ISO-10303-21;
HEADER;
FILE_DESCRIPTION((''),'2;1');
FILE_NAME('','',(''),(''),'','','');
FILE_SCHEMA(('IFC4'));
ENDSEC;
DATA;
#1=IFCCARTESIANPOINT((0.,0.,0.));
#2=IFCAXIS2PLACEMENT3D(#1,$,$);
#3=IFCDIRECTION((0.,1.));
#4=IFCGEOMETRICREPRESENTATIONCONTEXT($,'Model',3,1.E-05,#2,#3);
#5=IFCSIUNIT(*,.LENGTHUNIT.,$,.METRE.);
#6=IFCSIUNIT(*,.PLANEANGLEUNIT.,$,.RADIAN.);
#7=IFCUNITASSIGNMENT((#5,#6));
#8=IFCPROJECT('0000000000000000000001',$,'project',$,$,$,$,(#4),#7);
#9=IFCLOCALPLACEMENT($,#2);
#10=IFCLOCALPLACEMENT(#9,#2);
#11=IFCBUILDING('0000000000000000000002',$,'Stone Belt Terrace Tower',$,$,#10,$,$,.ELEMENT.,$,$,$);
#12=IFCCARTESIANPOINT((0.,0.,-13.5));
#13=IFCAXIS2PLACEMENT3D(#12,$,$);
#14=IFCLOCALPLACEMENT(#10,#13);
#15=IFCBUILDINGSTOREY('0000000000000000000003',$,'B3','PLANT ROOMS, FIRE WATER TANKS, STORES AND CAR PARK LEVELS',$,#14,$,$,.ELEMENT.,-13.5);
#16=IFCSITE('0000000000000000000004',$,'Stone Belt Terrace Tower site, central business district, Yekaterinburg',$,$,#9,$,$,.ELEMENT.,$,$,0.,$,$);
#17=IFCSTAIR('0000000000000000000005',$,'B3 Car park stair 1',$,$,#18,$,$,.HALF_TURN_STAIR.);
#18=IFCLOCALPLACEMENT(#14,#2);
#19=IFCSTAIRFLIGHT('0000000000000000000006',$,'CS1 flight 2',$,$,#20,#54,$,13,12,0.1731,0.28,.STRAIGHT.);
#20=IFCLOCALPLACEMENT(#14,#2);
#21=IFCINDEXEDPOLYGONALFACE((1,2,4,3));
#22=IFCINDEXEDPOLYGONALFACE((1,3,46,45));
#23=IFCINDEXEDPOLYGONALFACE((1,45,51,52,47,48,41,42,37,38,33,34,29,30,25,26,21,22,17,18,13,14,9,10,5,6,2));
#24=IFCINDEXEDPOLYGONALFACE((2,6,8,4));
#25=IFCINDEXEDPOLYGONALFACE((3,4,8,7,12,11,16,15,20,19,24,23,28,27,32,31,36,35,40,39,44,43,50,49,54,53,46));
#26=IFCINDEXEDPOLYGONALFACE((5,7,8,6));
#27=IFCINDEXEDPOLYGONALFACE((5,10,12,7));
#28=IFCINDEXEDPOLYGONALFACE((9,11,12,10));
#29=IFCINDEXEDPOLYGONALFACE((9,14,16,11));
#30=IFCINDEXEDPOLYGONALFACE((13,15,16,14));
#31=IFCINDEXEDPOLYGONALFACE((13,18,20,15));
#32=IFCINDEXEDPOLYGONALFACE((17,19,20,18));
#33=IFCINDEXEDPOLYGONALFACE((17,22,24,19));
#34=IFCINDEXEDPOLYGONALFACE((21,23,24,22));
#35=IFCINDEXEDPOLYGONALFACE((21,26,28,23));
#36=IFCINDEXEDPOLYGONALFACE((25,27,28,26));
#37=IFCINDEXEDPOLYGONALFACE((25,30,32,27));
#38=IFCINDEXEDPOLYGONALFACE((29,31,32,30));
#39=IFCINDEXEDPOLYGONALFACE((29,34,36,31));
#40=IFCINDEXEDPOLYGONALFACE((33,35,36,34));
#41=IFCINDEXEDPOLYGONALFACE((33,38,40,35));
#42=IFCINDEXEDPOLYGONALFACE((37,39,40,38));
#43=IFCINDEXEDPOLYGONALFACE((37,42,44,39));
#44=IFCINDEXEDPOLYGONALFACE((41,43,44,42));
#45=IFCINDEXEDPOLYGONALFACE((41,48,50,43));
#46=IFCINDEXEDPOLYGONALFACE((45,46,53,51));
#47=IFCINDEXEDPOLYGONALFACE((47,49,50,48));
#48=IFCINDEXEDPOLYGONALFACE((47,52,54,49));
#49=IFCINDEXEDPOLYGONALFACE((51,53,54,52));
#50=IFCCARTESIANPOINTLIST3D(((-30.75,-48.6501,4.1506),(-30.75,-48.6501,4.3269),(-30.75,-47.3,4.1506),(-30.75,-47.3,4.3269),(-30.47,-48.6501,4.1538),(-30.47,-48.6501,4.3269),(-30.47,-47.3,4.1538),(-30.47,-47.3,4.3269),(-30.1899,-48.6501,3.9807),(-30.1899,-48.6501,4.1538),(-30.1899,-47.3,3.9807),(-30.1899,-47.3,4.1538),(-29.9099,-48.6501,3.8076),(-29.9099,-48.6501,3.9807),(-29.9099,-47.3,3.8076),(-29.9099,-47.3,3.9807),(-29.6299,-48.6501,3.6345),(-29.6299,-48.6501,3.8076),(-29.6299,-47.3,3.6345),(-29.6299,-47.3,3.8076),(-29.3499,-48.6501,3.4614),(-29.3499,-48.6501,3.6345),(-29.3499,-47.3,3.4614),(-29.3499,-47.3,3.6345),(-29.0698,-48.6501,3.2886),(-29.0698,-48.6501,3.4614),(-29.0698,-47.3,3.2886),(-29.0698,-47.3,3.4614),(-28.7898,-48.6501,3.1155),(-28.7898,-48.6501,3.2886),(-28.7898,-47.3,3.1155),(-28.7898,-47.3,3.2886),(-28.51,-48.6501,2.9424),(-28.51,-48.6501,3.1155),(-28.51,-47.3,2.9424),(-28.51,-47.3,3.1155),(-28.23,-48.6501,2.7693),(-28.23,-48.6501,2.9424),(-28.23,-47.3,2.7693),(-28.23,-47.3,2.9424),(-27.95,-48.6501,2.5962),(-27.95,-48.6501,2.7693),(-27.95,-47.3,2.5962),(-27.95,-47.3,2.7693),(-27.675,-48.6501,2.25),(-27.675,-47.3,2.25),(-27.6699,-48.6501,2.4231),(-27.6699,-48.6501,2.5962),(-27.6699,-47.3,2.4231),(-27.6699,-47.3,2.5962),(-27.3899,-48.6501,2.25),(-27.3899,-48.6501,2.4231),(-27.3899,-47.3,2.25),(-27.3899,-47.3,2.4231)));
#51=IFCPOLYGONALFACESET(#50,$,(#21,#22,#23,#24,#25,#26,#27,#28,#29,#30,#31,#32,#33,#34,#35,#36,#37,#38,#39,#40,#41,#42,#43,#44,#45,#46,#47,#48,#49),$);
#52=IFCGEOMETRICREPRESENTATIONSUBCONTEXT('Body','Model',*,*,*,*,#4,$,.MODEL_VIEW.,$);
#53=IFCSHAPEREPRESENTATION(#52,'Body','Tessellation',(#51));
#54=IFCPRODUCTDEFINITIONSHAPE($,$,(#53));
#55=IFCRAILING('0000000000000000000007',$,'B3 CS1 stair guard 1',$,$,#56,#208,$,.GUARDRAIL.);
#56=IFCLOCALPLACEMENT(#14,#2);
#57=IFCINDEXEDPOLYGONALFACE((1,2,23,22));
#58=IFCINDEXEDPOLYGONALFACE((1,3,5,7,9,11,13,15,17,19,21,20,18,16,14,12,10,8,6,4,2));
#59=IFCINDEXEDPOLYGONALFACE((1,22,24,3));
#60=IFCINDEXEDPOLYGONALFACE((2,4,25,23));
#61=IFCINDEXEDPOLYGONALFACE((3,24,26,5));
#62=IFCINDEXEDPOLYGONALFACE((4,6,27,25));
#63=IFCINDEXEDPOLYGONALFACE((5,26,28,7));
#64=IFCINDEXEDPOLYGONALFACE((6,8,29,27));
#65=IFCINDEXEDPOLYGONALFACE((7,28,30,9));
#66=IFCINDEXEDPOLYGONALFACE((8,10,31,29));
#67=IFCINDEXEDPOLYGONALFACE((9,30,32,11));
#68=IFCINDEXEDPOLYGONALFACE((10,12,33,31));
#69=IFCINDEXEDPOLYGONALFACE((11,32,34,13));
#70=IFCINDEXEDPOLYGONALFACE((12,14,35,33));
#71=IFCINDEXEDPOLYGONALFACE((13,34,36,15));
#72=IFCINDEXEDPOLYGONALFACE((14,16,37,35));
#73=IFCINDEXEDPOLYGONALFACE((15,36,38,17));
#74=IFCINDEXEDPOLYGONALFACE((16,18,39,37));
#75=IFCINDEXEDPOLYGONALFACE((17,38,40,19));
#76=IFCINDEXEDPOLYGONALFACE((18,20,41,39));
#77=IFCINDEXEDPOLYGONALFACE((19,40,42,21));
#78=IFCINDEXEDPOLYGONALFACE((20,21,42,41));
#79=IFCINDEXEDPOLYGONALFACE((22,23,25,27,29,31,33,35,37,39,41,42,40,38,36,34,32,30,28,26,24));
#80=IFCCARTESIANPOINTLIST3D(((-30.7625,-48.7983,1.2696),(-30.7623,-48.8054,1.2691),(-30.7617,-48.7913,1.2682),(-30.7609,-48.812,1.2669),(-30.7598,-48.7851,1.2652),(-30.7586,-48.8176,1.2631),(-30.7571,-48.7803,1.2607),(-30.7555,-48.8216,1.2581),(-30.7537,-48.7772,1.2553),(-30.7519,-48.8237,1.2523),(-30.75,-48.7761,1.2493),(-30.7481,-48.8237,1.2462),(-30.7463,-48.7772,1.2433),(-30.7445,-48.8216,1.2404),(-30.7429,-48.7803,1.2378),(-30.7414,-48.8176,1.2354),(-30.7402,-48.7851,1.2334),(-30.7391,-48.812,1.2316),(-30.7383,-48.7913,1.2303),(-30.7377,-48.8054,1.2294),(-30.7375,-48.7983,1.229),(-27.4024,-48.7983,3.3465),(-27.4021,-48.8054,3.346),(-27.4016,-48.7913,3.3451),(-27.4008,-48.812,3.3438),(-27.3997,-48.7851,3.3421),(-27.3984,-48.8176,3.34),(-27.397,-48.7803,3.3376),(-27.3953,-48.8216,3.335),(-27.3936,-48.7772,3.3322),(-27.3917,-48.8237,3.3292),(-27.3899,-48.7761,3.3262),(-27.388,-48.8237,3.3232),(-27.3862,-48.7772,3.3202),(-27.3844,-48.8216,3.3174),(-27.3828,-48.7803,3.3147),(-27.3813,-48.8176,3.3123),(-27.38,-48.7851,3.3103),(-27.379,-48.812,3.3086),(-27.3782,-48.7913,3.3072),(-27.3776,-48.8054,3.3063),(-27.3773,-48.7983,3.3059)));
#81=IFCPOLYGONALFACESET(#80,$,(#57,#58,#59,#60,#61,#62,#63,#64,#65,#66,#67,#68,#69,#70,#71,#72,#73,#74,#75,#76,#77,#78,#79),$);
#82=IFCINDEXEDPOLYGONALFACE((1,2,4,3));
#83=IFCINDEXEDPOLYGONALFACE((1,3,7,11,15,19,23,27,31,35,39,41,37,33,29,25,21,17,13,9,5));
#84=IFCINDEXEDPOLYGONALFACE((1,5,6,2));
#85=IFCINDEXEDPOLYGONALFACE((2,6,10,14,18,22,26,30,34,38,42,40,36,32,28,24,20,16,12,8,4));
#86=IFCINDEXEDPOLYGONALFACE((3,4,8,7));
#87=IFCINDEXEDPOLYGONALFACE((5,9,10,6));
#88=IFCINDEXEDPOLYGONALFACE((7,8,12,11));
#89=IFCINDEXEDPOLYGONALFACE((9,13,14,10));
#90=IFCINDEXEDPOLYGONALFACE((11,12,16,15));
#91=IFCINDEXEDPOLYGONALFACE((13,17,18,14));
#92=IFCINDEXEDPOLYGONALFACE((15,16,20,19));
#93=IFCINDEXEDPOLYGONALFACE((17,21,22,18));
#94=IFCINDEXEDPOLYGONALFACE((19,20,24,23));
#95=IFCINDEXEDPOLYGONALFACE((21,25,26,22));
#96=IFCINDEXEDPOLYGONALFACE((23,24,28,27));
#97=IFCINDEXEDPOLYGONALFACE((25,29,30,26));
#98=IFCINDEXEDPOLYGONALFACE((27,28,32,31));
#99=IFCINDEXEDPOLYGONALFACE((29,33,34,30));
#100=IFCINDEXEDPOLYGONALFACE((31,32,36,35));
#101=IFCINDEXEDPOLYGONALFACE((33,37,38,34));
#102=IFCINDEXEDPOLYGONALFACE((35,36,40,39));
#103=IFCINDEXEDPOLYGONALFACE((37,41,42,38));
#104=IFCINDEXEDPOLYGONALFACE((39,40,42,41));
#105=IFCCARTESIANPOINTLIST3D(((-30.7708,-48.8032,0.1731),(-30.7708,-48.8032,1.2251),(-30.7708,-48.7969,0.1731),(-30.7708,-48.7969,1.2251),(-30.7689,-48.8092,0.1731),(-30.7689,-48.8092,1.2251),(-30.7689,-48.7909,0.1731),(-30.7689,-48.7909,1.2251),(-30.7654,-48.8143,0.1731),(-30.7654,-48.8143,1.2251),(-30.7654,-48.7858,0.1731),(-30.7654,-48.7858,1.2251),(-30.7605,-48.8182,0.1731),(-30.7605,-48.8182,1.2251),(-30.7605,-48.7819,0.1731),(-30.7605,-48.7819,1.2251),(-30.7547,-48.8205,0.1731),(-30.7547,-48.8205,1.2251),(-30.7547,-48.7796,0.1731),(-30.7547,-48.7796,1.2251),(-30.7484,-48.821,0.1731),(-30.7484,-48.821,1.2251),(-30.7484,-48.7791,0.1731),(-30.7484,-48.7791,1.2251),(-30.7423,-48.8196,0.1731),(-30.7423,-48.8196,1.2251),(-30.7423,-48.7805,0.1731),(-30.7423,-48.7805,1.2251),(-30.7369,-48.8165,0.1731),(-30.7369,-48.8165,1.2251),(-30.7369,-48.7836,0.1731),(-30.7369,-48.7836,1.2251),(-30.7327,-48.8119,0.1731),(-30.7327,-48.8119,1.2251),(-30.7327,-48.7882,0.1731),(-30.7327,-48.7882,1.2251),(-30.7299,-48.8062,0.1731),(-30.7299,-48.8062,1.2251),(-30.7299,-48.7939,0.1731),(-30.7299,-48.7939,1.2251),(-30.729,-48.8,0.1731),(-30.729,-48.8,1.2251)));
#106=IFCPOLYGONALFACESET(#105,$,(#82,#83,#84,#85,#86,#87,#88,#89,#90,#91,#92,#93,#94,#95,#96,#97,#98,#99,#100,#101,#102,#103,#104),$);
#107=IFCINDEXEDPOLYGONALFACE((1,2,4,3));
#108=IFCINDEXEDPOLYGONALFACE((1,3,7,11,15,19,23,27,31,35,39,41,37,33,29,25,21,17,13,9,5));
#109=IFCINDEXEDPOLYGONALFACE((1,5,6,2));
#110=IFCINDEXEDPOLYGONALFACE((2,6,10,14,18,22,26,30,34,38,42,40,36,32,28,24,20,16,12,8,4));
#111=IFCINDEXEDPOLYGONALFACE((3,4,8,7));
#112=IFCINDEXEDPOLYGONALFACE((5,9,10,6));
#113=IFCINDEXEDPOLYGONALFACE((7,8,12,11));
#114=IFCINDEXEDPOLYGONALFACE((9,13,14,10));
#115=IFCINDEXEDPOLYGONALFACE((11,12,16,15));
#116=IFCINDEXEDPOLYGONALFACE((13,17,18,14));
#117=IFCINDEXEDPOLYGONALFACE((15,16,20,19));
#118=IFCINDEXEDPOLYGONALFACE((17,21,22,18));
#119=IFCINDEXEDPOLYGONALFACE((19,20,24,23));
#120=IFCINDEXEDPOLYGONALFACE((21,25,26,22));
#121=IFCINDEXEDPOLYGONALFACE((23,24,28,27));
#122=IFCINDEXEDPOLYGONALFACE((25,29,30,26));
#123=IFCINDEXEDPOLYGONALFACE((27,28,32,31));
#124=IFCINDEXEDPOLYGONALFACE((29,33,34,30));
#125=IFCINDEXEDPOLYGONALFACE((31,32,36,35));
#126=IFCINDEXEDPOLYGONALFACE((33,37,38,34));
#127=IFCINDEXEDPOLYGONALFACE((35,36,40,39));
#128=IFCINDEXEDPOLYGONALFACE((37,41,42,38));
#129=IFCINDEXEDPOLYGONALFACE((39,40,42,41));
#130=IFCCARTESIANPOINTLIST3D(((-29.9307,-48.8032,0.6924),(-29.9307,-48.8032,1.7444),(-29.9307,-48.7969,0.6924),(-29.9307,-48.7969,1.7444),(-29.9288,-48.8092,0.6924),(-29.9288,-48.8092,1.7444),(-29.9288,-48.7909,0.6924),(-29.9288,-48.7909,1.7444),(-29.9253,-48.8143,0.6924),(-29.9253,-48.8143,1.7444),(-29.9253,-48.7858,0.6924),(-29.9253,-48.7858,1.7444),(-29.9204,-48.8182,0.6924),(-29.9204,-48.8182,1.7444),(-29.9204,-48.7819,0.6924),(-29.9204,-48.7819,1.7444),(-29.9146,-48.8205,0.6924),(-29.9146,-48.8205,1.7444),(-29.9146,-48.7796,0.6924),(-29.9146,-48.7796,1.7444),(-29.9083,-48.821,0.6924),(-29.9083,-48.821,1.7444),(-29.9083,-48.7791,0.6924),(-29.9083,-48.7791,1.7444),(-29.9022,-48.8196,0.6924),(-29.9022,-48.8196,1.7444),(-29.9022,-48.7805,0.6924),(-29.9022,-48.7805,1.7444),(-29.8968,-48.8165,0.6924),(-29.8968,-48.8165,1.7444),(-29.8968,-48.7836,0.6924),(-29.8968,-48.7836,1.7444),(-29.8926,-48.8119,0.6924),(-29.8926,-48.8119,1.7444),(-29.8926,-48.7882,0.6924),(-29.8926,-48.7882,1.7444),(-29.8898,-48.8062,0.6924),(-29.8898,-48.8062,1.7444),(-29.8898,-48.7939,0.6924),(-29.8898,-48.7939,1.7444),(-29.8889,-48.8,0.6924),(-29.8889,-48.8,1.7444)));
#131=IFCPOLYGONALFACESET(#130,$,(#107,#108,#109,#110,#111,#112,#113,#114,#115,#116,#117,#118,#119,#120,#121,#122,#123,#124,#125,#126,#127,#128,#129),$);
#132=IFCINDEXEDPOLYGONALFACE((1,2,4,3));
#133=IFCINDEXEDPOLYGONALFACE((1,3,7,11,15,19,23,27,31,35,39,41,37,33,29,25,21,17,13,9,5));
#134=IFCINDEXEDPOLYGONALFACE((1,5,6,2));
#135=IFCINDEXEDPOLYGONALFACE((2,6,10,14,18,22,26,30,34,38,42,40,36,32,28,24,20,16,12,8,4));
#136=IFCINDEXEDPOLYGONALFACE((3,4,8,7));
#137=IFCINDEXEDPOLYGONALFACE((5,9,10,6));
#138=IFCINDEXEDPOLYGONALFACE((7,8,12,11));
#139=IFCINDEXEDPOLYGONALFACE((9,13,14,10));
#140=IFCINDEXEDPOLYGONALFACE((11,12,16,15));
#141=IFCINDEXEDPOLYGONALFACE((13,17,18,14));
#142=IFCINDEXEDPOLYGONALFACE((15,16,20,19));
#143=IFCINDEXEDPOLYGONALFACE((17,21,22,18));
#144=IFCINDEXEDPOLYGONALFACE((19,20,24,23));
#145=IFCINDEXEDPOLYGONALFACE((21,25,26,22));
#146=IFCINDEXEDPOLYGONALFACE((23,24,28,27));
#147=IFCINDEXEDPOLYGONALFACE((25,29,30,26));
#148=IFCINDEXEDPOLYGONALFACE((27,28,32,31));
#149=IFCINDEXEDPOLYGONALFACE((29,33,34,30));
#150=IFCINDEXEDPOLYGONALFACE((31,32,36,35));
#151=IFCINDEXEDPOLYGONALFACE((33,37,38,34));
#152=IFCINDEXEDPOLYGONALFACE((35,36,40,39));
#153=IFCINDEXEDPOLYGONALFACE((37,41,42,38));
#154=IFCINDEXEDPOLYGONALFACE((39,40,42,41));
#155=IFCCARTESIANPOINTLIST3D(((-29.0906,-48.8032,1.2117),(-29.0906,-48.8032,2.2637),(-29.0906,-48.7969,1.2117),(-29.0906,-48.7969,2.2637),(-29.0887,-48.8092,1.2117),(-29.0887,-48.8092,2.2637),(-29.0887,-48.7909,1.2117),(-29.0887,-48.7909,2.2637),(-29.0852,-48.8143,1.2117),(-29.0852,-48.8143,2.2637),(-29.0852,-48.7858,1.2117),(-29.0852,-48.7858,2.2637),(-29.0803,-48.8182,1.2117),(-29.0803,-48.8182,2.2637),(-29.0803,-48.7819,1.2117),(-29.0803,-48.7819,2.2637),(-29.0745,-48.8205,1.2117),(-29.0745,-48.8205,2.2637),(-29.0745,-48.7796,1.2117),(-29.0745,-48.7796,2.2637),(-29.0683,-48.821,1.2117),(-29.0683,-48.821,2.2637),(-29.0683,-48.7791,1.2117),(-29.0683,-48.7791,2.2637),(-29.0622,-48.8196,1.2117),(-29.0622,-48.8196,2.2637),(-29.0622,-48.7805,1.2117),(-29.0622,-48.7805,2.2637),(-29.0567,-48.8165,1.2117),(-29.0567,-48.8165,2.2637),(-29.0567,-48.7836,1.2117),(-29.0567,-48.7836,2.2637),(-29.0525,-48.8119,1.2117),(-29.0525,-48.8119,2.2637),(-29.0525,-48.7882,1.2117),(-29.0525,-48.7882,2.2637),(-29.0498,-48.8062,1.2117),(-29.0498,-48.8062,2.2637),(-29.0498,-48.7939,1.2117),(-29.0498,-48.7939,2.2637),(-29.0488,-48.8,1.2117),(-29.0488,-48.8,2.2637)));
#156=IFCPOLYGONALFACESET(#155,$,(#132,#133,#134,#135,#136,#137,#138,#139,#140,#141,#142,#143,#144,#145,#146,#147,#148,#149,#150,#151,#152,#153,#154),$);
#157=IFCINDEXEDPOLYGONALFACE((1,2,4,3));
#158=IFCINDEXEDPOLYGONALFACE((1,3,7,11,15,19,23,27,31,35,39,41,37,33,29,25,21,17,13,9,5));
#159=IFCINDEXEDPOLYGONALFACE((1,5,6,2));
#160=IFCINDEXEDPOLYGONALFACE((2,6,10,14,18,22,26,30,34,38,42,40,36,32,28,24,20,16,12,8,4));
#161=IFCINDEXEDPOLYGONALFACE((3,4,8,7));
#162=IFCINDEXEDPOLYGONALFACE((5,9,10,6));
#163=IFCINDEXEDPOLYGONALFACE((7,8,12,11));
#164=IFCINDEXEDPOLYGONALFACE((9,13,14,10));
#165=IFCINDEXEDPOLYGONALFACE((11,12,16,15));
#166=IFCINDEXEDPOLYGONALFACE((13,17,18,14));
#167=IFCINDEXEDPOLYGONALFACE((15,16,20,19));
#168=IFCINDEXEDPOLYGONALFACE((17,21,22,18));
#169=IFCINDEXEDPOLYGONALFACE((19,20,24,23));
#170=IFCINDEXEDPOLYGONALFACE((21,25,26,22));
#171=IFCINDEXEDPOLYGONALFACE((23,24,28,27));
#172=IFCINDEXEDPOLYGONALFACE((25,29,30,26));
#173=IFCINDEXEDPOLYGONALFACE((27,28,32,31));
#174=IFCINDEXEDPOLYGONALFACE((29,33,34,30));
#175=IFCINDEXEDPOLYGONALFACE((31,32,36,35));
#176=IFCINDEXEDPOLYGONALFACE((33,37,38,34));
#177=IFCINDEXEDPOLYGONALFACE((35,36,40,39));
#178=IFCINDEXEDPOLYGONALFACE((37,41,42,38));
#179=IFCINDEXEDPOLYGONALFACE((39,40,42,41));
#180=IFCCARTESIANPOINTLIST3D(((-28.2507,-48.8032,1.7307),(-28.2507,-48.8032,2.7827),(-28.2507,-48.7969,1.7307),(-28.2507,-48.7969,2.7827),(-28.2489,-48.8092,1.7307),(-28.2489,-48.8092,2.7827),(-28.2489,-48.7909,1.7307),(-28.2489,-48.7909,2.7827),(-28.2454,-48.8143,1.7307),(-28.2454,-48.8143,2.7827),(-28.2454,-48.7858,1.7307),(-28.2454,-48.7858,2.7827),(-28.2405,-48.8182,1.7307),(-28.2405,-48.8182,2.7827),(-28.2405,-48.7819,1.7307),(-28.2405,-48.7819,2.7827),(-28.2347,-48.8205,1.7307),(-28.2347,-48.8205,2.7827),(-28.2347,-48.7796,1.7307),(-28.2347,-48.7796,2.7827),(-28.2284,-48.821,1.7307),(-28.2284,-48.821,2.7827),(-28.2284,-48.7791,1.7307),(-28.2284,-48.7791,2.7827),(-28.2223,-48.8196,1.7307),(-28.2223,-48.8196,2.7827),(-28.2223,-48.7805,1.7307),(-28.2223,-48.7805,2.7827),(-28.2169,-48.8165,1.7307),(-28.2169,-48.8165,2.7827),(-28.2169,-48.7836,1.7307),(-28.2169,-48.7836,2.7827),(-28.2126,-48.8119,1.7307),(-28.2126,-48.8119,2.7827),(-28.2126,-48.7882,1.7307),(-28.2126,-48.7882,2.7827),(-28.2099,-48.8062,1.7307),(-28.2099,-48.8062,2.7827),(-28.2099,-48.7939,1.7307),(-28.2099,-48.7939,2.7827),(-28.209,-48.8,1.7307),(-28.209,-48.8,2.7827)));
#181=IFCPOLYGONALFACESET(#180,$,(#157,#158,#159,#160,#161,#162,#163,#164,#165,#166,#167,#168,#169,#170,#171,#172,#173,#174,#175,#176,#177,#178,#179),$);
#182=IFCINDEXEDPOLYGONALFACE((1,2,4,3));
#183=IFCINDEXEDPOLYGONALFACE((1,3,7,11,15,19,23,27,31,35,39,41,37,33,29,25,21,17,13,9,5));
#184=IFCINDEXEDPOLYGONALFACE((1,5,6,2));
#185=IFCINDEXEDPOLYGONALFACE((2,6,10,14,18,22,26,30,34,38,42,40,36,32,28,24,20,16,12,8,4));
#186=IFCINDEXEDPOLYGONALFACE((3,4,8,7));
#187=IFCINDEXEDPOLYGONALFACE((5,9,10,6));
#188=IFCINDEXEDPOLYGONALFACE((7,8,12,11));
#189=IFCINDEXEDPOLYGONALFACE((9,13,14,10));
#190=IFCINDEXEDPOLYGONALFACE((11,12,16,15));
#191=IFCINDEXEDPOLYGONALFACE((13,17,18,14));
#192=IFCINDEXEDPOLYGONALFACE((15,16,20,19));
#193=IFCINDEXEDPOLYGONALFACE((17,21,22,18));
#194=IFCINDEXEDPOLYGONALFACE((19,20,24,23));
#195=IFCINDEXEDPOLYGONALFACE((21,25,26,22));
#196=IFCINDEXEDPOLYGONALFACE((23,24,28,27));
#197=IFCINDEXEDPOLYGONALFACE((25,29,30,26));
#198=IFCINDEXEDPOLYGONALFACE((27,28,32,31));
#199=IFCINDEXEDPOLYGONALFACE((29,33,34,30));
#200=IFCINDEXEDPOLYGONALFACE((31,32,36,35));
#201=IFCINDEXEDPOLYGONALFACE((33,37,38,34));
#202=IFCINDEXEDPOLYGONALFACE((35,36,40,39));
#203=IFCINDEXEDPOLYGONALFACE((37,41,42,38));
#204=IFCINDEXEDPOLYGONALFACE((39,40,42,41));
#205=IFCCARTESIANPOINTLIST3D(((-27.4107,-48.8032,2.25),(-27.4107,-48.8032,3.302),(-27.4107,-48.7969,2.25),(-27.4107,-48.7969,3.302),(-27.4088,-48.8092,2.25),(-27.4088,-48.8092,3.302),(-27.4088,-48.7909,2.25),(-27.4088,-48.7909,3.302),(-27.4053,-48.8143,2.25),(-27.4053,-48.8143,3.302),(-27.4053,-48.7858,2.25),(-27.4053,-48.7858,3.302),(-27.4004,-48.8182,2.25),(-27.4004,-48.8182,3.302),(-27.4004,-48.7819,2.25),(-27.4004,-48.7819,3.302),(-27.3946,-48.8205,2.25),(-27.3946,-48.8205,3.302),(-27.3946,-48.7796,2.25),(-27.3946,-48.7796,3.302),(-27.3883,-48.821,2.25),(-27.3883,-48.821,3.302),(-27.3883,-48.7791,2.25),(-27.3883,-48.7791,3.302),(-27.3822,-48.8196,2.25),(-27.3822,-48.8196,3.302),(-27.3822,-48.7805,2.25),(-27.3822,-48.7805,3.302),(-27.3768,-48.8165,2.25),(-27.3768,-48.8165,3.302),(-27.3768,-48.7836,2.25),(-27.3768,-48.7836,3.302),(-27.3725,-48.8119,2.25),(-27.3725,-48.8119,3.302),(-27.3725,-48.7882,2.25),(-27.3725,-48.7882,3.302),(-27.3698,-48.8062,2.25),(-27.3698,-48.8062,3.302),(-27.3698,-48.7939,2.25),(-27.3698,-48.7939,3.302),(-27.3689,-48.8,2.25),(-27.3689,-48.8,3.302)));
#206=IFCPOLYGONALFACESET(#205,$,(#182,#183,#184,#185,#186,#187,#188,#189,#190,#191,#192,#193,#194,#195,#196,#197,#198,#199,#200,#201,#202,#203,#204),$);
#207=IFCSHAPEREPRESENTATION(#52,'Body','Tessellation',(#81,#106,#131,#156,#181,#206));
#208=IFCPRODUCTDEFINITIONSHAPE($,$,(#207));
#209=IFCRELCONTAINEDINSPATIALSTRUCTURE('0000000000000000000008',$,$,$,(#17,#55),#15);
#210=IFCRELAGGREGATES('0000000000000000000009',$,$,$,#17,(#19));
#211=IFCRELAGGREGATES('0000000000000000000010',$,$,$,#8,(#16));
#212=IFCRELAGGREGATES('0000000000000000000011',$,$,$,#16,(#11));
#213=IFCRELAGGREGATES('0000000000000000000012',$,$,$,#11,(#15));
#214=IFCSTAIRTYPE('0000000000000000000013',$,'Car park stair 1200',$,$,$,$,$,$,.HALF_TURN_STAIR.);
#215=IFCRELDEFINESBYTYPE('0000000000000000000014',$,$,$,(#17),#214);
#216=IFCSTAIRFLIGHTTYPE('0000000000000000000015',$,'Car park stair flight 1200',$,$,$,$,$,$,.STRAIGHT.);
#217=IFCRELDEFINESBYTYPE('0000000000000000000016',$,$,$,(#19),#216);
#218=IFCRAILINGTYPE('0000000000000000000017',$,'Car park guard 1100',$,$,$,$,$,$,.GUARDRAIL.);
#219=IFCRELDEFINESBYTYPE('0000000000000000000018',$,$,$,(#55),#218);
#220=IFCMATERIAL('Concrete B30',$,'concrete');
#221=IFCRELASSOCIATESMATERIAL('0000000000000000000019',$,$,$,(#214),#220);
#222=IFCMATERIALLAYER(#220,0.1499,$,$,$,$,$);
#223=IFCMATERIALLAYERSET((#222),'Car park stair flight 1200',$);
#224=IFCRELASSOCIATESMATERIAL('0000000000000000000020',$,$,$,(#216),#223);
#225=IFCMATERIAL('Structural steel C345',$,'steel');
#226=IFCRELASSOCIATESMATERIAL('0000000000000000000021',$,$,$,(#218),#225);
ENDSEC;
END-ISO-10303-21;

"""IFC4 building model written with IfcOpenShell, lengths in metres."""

from ifc_helpers import new_model, si_unit, direction, frame, origin, origin_2d, place, context, subcontext, project, spatial, polyline, circle, outline, extrude, material, layer, layer_set, type_object, element, aggregate, save


model = new_model("IFC4")

# Units and contexts
model_context = context("Model", 3, precision=1e-05, world=origin(), true_north=direction((0.0, 1.0)))
body_context = subcontext(model_context, "Body", "Model", "MODEL_VIEW")
ifc_project = project(units=[si_unit("LENGTHUNIT", "METRE"), si_unit("PLANEANGLEUNIT", "RADIAN")], contexts=[model_context])

# Site, building, storey
site_placement = place(None, origin())
site = spatial("IfcSite", under=ifc_project, at=site_placement, Name="Stone Belt Terrace Tower site, central business district, Yekaterinburg", CompositionType="ELEMENT", RefElevation=0.0)
building_placement = place(site_placement, origin())
building = spatial("IfcBuilding", under=site, at=building_placement, Name="Stone Belt Terrace Tower", CompositionType="ELEMENT")
storey_placement = place(building_placement, frame((0.0, 0.0, -13.5)))
storey = spatial("IfcBuildingStorey", under=building, at=storey_placement, Name="B3", Description="PLANT ROOMS, FIRE WATER TANKS, STORES AND CAR PARK LEVELS", CompositionType="ELEMENT", Elevation=-13.5)

# Shared definitions
ifc_material_1 = material(Name="Concrete B30", Category="concrete")

# Stair, stair flight
stair_type = type_object("IfcStairType", Name="Car park stair 1200", PredefinedType="HALF_TURN_STAIR", material=ifc_material_1)
stair_placement = place(storey_placement, origin())
stair = element("IfcStair", 1, at=stair_placement, inside=storey, type_object=stair_type, Name="B3 Car park stair 1", PredefinedType="HALF_TURN_STAIR")
ifc_layer_1 = layer(ifc_material_1, 0.1499)
ifc_layer_set_1 = layer_set([ifc_layer_1], Name="Car park stair flight 1200")
stair_flight_type = type_object("IfcStairFlightType", Name="Car park stair flight 1200", PredefinedType="STRAIGHT", material=ifc_layer_set_1)
stair_flight_1_placement = place(storey_placement, frame((-27.3899, -47.9751, 2.25), z_axis=(0.0, 0.0, 1.0), x_axis=(-1.0, 0.0, 0.0)))
stair_flight_1 = element("IfcStairFlight", 2, at=stair_flight_1_placement, type_object=stair_flight_type, Name="CS1 flight 2", NumberOfRisers=13, NumberOfTreads=12, PredefinedType="STRAIGHT", RiserHeight=0.1731, TreadLength=0.28, context=body_context, shape_type="SweptSolid", body=[
    extrude(outline(polyline([(0.0, 0.0), (0.0, 0.1731), (0.28, 0.1731), (0.28, 0.3462), (0.5601, 0.3462), (0.5601, 0.5193), (0.8401, 0.5193), (0.8401, 0.6924), (1.1201, 0.6924), (1.1201, 0.8655), (1.3999, 0.8655), (1.3999, 1.0386), (1.6799, 1.0386), (1.6799, 1.2114), (1.96, 1.2114), (1.96, 1.3845), (2.24, 1.3845), (2.24, 1.5576), (2.52, 1.5576), (2.52, 1.7307), (2.8, 1.7307), (2.8, 1.9038), (3.0801, 1.9038), (3.0801, 2.0769), (3.3601, 2.0769), (3.3601, 2.25), (3.3601, 1.9006), (0.2852, 0.0), (0.0, 0.0)])), frame((0.0, 0.675, 0.0), z_axis=(0.0, -1.0, 0.0), x_axis=(1.0, 0.0, 0.0)), (0.0, 0.0, 1.0), 1.3501),
])
aggregate(stair, [stair_flight_1])

# Railing
ifc_material_2 = material(Name="Structural steel C345", Category="steel")
railing_type_1 = type_object("IfcRailingType", Name="Car park guard 1100", PredefinedType="GUARDRAIL", material=ifc_material_2)
railing_1_placement = place(storey_placement, frame((-30.75, -48.8, 0.1731)))
element("IfcRailing", 3, at=railing_1_placement, inside=storey, type_object=railing_type_1, Name="B3 CS1 stair guard 1", PredefinedType="GUARDRAIL", context=body_context, shape_type="SweptSolid", body=[
    extrude(circle(Radius=0.0239, at=origin_2d()), frame((0.0, 0.0, 1.0762), z_axis=(0.850623, 0.0, 0.525776), x_axis=(0.0, 1.0, 0.0)), (0.0, 0.0, 1.0), 3.9502),
    extrude(circle(Radius=0.021, at=origin_2d()), origin(), (0.0, 0.0, 1.0), 1.052),
    extrude(circle(Radius=0.021, at=origin_2d()), frame((0.8401, 0.0, 0.5193)), (0.0, 0.0, 1.0), 1.052),
    extrude(circle(Radius=0.021, at=origin_2d()), frame((1.6802, 0.0, 1.0386)), (0.0, 0.0, 1.0), 1.052),
    extrude(circle(Radius=0.021, at=origin_2d()), frame((2.52, 0.0, 1.5576)), (0.0, 0.0, 1.0), 1.052),
    extrude(circle(Radius=0.021, at=origin_2d()), frame((3.3601, 0.0, 2.0769)), (0.0, 0.0, 1.0), 1.052),
])

save(model, "model.ifc")
